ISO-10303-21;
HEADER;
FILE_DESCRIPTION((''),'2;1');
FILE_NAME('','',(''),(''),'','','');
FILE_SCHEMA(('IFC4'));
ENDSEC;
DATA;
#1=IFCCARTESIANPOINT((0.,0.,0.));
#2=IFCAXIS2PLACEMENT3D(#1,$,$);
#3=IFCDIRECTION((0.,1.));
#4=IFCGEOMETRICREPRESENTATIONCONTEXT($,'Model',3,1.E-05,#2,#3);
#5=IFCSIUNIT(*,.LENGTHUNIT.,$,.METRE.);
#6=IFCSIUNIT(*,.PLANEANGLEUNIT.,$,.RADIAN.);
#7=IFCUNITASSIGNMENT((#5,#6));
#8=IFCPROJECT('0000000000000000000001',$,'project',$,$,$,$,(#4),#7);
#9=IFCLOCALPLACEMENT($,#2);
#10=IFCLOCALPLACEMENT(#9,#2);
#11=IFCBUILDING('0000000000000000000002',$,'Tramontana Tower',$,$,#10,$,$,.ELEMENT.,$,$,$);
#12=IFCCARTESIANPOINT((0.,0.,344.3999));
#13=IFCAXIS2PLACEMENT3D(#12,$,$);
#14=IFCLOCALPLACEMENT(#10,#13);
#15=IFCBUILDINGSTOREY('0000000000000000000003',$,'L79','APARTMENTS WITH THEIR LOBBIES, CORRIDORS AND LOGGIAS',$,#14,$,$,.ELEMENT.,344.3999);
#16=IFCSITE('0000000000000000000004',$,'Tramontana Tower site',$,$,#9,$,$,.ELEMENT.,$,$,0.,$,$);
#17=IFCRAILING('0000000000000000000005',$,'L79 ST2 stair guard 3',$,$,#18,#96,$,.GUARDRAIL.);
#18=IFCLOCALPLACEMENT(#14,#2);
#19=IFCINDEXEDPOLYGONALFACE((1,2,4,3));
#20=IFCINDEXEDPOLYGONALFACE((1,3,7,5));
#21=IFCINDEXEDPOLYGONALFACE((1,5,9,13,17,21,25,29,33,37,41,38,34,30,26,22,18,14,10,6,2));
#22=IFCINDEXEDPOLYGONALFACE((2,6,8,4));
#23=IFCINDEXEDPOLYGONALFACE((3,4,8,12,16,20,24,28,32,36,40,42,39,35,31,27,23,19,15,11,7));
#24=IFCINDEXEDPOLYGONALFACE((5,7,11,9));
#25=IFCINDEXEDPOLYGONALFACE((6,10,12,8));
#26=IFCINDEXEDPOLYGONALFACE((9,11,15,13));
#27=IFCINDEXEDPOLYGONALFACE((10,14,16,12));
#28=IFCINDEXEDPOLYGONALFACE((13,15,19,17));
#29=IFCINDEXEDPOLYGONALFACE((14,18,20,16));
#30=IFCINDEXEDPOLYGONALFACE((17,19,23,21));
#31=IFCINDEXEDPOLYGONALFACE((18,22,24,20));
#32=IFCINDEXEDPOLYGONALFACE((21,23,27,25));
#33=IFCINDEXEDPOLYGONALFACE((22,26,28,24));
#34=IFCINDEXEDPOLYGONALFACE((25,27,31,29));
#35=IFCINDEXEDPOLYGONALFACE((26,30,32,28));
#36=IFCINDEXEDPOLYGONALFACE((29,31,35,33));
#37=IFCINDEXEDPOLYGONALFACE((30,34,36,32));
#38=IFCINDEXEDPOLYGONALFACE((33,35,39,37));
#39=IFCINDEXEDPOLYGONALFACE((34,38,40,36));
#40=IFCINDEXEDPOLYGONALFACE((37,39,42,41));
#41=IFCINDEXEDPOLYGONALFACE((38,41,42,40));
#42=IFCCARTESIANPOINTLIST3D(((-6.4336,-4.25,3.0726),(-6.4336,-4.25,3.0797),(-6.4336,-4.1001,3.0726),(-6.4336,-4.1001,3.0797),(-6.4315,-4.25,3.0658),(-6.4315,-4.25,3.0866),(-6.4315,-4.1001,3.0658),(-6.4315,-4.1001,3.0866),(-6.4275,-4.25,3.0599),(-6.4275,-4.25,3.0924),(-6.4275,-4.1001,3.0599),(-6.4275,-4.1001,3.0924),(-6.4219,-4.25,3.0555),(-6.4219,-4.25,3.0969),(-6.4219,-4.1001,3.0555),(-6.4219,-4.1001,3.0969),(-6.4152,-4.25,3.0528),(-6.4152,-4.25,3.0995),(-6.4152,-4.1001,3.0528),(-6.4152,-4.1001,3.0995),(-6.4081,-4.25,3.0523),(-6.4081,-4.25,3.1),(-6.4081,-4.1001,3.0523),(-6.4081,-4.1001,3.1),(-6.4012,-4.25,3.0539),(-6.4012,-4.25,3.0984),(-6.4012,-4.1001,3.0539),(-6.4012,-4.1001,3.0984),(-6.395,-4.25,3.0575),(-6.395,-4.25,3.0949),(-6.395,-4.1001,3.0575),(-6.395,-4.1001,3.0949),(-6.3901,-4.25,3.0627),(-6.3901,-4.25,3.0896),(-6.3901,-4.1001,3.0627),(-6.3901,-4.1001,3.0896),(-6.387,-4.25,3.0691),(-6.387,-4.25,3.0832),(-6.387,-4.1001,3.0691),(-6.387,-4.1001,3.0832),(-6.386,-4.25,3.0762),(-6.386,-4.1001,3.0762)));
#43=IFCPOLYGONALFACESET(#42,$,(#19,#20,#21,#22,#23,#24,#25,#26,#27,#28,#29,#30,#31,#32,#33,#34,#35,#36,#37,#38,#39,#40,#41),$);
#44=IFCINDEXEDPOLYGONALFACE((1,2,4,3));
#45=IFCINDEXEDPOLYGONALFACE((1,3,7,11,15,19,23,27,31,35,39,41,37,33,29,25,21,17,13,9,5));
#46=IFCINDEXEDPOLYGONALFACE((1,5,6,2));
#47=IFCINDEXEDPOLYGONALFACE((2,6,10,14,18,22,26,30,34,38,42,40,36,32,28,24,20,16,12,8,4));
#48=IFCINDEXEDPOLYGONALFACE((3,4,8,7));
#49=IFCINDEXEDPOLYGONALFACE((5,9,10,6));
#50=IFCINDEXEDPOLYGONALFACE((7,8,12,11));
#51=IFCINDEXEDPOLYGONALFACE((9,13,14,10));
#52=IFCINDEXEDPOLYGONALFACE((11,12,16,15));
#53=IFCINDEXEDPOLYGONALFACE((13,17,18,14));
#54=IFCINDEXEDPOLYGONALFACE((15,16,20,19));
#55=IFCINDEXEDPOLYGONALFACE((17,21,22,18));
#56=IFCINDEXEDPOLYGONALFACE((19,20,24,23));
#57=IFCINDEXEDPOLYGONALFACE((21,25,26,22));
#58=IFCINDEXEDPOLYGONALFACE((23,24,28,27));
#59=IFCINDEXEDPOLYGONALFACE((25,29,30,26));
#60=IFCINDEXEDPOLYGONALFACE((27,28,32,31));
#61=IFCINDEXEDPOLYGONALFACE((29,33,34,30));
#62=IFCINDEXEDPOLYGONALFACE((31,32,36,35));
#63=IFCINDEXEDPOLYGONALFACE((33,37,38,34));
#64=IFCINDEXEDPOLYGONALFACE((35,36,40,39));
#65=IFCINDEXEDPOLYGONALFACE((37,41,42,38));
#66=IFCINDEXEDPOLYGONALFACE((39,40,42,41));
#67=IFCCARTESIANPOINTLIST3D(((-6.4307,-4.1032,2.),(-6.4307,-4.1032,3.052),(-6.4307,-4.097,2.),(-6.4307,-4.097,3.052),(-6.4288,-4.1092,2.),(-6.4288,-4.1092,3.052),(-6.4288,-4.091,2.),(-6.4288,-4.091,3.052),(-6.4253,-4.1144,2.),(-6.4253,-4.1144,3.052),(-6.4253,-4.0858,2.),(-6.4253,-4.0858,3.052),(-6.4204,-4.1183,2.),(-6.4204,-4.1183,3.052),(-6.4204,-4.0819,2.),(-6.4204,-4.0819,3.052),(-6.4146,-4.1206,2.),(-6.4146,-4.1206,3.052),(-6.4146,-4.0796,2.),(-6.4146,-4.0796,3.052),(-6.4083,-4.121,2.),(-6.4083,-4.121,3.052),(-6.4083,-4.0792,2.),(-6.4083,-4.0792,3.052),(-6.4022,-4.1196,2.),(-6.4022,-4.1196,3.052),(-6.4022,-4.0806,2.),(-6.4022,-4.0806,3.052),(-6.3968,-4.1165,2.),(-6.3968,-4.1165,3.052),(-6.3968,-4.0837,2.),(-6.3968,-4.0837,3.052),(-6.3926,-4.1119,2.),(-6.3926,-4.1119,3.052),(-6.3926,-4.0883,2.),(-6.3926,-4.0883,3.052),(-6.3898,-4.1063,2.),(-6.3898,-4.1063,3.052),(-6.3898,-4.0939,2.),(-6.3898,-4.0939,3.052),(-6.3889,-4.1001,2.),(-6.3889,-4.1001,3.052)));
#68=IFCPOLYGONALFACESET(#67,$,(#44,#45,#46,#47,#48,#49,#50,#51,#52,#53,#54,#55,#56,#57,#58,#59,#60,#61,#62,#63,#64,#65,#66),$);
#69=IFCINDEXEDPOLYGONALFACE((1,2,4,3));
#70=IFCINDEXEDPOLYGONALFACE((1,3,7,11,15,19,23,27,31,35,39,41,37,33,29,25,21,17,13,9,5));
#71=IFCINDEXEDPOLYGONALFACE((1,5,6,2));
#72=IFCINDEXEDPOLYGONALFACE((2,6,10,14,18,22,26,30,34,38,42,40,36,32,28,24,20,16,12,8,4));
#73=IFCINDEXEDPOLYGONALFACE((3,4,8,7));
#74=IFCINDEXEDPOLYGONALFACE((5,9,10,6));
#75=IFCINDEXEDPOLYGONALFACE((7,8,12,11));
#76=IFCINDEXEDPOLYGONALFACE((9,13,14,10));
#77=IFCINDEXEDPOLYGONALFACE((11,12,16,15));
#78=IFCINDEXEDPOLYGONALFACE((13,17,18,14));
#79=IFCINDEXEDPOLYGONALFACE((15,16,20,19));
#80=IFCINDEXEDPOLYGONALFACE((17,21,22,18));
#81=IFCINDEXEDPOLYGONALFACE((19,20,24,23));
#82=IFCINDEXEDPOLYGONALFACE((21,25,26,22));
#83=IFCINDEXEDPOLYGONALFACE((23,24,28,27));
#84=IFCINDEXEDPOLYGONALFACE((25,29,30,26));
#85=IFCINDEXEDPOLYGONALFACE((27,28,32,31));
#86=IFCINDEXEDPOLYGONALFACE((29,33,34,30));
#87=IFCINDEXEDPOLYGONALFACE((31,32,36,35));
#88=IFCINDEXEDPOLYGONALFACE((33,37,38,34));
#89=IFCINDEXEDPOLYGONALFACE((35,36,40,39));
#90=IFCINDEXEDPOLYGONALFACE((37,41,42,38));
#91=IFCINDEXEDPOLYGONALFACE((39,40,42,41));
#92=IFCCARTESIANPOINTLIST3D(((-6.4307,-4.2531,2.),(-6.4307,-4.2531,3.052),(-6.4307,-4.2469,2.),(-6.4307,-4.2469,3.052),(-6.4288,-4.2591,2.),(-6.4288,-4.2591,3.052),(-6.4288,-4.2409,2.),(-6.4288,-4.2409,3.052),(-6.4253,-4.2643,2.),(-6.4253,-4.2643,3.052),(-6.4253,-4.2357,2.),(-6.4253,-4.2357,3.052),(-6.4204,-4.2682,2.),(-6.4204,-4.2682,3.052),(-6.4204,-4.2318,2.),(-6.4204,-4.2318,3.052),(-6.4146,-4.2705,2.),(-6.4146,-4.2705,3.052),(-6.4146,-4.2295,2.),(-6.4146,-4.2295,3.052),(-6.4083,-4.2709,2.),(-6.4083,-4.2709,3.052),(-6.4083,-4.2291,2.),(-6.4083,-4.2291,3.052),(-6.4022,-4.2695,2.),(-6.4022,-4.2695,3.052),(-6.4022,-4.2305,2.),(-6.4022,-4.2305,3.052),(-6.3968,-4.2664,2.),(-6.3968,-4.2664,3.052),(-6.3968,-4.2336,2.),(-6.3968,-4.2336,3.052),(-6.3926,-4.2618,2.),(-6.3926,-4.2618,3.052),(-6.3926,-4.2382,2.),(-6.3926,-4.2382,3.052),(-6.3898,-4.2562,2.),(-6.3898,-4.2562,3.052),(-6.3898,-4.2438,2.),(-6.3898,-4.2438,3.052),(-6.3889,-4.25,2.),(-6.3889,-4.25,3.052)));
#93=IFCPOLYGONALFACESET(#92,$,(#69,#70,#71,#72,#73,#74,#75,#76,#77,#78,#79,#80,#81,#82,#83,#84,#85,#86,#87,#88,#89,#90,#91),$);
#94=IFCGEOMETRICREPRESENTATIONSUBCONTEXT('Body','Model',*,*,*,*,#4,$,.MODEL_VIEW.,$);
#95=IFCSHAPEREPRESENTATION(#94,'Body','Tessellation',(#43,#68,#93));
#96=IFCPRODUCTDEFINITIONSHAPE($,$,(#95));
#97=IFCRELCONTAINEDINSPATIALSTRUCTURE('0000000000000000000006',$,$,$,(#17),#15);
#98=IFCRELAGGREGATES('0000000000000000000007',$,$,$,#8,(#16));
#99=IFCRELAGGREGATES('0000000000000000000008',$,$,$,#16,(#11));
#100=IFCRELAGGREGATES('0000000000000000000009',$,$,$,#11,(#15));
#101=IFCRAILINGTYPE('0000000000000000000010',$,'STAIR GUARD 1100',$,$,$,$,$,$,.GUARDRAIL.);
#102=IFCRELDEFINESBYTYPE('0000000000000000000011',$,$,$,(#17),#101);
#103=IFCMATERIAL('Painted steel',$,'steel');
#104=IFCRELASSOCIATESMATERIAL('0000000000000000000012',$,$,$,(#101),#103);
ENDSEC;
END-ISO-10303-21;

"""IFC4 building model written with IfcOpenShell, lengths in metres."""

from ifc_helpers import new_model, si_unit, direction, frame, origin, origin_2d, place, context, subcontext, project, spatial, circle, extrude, material, type_object, element, save


model = new_model("IFC4")

# Units and contexts
model_context = context("Model", 3, precision=1e-05, world=origin(), true_north=direction((0.0, 1.0)))
body_context = subcontext(model_context, "Body", "Model", "MODEL_VIEW")
ifc_project = project(units=[si_unit("LENGTHUNIT", "METRE"), si_unit("PLANEANGLEUNIT", "RADIAN")], contexts=[model_context])

# Site, building, storey
site_placement = place(None, origin())
site = spatial("IfcSite", under=ifc_project, at=site_placement, Name="Tramontana Tower site", CompositionType="ELEMENT", RefElevation=0.0)
building_placement = place(site_placement, origin())
building = spatial("IfcBuilding", under=site, at=building_placement, Name="Tramontana Tower", CompositionType="ELEMENT")
storey_placement = place(building_placement, frame((0.0, 0.0, 344.3999)))
storey = spatial("IfcBuildingStorey", under=building, at=storey_placement, Name="L79", Description="APARTMENTS WITH THEIR LOBBIES, CORRIDORS AND LOGGIAS", CompositionType="ELEMENT", Elevation=344.3999)

# Railing
ifc_material_1 = material(Name="Painted steel", Category="steel")
railing_type_1 = type_object("IfcRailingType", Name="STAIR GUARD 1100", PredefinedType="GUARDRAIL", material=ifc_material_1)
railing_1_placement = place(storey_placement, frame((-6.4099, -4.1001, 2.0)))
element("IfcRailing", 1, at=railing_1_placement, inside=storey, type_object=railing_type_1, Name="L79 ST2 stair guard 3", PredefinedType="GUARDRAIL", context=body_context, shape_type="SweptSolid", body=[
    extrude(circle(Radius=0.0239, at=origin_2d()), frame((0.0, 0.0, 1.0762), z_axis=(0.0, -1.0, 0.0), x_axis=(1.0, 0.0, 0.0)), (0.0, 0.0, 1.0), 0.1499),
    extrude(circle(Radius=0.021, at=origin_2d()), origin(), (0.0, 0.0, 1.0), 1.052),
    extrude(circle(Radius=0.021, at=origin_2d()), frame((0.0, -0.1499, 0.0)), (0.0, 0.0, 1.0), 1.052),
])

save(model, "model.ifc")
